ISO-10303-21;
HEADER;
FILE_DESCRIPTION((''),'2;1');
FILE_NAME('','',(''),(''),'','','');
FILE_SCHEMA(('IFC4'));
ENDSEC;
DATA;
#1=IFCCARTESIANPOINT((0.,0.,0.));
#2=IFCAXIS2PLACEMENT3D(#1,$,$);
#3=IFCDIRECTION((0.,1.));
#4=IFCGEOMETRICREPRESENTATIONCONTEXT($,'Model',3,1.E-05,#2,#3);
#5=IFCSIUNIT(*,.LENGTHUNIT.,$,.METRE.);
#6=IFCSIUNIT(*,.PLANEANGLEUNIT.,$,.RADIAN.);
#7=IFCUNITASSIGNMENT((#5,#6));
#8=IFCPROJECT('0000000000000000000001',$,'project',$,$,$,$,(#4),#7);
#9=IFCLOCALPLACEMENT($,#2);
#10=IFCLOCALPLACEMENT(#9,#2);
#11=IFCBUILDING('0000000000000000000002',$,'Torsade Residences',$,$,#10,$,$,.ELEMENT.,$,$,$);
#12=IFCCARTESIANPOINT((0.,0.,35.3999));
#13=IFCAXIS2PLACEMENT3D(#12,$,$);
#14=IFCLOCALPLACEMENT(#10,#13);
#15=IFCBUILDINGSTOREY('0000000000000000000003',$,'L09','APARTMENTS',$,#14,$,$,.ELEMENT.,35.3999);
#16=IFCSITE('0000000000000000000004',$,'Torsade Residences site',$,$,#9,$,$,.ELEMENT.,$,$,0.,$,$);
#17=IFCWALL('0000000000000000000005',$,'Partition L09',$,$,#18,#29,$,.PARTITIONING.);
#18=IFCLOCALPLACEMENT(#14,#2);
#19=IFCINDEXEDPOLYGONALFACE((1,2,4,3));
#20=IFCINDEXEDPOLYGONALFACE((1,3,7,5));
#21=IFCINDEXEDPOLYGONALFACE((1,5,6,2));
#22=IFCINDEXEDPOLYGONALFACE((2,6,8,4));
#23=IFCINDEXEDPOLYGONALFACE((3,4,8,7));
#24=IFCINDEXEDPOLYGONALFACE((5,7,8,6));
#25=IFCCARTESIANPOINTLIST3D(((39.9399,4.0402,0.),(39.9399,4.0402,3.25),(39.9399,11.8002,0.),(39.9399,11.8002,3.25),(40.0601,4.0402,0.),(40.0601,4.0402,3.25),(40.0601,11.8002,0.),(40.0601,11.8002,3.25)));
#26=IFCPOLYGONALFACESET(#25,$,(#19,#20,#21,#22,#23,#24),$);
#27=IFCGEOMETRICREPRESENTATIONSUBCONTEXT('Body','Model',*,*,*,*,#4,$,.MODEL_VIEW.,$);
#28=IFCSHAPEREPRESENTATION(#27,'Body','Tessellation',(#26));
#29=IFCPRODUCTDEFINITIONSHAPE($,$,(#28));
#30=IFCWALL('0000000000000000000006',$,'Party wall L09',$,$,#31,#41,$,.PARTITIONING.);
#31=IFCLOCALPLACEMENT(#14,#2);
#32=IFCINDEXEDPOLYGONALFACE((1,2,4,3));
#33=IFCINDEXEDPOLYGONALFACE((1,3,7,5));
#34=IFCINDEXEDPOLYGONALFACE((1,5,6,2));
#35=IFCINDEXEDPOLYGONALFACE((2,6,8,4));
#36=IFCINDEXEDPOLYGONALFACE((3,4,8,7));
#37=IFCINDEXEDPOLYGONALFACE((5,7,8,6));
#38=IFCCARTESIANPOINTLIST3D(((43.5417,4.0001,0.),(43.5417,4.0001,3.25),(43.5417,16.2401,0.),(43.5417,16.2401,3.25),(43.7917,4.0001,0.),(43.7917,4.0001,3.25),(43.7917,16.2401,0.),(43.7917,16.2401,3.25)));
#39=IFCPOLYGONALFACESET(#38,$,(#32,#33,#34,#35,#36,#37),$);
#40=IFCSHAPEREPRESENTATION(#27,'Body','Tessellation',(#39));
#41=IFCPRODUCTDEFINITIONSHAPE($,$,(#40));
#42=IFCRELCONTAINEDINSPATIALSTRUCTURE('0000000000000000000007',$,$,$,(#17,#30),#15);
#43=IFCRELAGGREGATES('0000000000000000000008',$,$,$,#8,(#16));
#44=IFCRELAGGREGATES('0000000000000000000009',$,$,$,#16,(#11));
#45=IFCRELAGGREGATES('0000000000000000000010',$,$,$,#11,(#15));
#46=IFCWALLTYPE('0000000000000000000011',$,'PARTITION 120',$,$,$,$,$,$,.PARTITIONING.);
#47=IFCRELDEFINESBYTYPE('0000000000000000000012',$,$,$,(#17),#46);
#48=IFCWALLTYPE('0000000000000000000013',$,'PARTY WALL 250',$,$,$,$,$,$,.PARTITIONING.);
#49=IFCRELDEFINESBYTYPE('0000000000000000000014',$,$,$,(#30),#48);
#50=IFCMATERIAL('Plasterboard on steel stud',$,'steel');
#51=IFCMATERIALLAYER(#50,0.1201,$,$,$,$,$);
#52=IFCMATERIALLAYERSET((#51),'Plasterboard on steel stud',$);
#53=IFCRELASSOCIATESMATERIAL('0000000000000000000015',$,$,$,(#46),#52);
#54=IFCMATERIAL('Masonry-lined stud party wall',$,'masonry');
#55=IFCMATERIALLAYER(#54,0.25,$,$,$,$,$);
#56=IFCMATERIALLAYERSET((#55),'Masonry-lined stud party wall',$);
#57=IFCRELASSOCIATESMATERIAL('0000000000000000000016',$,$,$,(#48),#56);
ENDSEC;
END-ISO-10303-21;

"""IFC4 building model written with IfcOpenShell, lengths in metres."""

from ifc_helpers import new_model, si_unit, direction, frame, frame_2d, origin, place, context, subcontext, project, spatial, rectangle, extrude, material, layer, layer_set, type_object, element, save


model = new_model("IFC4")

# Units and contexts
model_context = context("Model", 3, precision=1e-05, world=origin(), true_north=direction((0.0, 1.0)))
body_context = subcontext(model_context, "Body", "Model", "MODEL_VIEW")
ifc_project = project(units=[si_unit("LENGTHUNIT", "METRE"), si_unit("PLANEANGLEUNIT", "RADIAN")], contexts=[model_context])

# Site, building, storey
site_placement = place(None, origin())
site = spatial("IfcSite", under=ifc_project, at=site_placement, Name="Torsade Residences site", CompositionType="ELEMENT", RefElevation=0.0)
building_placement = place(site_placement, origin())
building = spatial("IfcBuilding", under=site, at=building_placement, Name="Torsade Residences", CompositionType="ELEMENT")
storey_placement = place(building_placement, frame((0.0, 0.0, 35.3999)))
storey = spatial("IfcBuildingStorey", under=building, at=storey_placement, Name="L09", Description="APARTMENTS", CompositionType="ELEMENT", Elevation=35.3999)

# Shared definitions
ifc_material_1 = material(Name="Plasterboard on steel stud", Category="steel")
ifc_layer_1 = layer(ifc_material_1, 0.1201)
ifc_layer_set_1 = layer_set([ifc_layer_1], Name="Plasterboard on steel stud")
wall_type_1 = type_object("IfcWallType", Name="PARTITION 120", PredefinedType="PARTITIONING", material=ifc_layer_set_1)

# Walls
wall_1_placement = place(storey_placement, frame((40.0, 11.8, 0.0), z_axis=(0.0, 0.0, 1.0), x_axis=(0.0, -1.0, 0.0)))
element("IfcWall", 1, at=wall_1_placement, inside=storey, type_object=wall_type_1, Name="Partition L09", PredefinedType="PARTITIONING", context=body_context, shape_type="SweptSolid", body=[
    extrude(rectangle(XDim=7.76, YDim=0.1201, at=frame_2d((3.8799, 0.0))), origin(), (0.0, 0.0, 1.0), 3.25),
])
ifc_material_2 = material(Name="Masonry-lined stud party wall", Category="masonry")
ifc_layer_2 = layer(ifc_material_2, 0.25)
ifc_layer_set_2 = layer_set([ifc_layer_2], Name="Masonry-lined stud party wall")
wall_type_2 = type_object("IfcWallType", Name="PARTY WALL 250", PredefinedType="PARTITIONING", material=ifc_layer_set_2)
wall_2_placement = place(storey_placement, frame((43.6667, 4.0, 0.0), z_axis=(0.0, 0.0, 1.0), x_axis=(0.0, 1.0, 0.0)))
element("IfcWall", 2, at=wall_2_placement, inside=storey, type_object=wall_type_2, Name="Party wall L09", PredefinedType="PARTITIONING", context=body_context, shape_type="SweptSolid", body=[
    extrude(rectangle(XDim=12.24, YDim=0.25, at=frame_2d((6.1201, 0.0))), origin(), (0.0, 0.0, 1.0), 3.25),
])

save(model, "model.ifc")
